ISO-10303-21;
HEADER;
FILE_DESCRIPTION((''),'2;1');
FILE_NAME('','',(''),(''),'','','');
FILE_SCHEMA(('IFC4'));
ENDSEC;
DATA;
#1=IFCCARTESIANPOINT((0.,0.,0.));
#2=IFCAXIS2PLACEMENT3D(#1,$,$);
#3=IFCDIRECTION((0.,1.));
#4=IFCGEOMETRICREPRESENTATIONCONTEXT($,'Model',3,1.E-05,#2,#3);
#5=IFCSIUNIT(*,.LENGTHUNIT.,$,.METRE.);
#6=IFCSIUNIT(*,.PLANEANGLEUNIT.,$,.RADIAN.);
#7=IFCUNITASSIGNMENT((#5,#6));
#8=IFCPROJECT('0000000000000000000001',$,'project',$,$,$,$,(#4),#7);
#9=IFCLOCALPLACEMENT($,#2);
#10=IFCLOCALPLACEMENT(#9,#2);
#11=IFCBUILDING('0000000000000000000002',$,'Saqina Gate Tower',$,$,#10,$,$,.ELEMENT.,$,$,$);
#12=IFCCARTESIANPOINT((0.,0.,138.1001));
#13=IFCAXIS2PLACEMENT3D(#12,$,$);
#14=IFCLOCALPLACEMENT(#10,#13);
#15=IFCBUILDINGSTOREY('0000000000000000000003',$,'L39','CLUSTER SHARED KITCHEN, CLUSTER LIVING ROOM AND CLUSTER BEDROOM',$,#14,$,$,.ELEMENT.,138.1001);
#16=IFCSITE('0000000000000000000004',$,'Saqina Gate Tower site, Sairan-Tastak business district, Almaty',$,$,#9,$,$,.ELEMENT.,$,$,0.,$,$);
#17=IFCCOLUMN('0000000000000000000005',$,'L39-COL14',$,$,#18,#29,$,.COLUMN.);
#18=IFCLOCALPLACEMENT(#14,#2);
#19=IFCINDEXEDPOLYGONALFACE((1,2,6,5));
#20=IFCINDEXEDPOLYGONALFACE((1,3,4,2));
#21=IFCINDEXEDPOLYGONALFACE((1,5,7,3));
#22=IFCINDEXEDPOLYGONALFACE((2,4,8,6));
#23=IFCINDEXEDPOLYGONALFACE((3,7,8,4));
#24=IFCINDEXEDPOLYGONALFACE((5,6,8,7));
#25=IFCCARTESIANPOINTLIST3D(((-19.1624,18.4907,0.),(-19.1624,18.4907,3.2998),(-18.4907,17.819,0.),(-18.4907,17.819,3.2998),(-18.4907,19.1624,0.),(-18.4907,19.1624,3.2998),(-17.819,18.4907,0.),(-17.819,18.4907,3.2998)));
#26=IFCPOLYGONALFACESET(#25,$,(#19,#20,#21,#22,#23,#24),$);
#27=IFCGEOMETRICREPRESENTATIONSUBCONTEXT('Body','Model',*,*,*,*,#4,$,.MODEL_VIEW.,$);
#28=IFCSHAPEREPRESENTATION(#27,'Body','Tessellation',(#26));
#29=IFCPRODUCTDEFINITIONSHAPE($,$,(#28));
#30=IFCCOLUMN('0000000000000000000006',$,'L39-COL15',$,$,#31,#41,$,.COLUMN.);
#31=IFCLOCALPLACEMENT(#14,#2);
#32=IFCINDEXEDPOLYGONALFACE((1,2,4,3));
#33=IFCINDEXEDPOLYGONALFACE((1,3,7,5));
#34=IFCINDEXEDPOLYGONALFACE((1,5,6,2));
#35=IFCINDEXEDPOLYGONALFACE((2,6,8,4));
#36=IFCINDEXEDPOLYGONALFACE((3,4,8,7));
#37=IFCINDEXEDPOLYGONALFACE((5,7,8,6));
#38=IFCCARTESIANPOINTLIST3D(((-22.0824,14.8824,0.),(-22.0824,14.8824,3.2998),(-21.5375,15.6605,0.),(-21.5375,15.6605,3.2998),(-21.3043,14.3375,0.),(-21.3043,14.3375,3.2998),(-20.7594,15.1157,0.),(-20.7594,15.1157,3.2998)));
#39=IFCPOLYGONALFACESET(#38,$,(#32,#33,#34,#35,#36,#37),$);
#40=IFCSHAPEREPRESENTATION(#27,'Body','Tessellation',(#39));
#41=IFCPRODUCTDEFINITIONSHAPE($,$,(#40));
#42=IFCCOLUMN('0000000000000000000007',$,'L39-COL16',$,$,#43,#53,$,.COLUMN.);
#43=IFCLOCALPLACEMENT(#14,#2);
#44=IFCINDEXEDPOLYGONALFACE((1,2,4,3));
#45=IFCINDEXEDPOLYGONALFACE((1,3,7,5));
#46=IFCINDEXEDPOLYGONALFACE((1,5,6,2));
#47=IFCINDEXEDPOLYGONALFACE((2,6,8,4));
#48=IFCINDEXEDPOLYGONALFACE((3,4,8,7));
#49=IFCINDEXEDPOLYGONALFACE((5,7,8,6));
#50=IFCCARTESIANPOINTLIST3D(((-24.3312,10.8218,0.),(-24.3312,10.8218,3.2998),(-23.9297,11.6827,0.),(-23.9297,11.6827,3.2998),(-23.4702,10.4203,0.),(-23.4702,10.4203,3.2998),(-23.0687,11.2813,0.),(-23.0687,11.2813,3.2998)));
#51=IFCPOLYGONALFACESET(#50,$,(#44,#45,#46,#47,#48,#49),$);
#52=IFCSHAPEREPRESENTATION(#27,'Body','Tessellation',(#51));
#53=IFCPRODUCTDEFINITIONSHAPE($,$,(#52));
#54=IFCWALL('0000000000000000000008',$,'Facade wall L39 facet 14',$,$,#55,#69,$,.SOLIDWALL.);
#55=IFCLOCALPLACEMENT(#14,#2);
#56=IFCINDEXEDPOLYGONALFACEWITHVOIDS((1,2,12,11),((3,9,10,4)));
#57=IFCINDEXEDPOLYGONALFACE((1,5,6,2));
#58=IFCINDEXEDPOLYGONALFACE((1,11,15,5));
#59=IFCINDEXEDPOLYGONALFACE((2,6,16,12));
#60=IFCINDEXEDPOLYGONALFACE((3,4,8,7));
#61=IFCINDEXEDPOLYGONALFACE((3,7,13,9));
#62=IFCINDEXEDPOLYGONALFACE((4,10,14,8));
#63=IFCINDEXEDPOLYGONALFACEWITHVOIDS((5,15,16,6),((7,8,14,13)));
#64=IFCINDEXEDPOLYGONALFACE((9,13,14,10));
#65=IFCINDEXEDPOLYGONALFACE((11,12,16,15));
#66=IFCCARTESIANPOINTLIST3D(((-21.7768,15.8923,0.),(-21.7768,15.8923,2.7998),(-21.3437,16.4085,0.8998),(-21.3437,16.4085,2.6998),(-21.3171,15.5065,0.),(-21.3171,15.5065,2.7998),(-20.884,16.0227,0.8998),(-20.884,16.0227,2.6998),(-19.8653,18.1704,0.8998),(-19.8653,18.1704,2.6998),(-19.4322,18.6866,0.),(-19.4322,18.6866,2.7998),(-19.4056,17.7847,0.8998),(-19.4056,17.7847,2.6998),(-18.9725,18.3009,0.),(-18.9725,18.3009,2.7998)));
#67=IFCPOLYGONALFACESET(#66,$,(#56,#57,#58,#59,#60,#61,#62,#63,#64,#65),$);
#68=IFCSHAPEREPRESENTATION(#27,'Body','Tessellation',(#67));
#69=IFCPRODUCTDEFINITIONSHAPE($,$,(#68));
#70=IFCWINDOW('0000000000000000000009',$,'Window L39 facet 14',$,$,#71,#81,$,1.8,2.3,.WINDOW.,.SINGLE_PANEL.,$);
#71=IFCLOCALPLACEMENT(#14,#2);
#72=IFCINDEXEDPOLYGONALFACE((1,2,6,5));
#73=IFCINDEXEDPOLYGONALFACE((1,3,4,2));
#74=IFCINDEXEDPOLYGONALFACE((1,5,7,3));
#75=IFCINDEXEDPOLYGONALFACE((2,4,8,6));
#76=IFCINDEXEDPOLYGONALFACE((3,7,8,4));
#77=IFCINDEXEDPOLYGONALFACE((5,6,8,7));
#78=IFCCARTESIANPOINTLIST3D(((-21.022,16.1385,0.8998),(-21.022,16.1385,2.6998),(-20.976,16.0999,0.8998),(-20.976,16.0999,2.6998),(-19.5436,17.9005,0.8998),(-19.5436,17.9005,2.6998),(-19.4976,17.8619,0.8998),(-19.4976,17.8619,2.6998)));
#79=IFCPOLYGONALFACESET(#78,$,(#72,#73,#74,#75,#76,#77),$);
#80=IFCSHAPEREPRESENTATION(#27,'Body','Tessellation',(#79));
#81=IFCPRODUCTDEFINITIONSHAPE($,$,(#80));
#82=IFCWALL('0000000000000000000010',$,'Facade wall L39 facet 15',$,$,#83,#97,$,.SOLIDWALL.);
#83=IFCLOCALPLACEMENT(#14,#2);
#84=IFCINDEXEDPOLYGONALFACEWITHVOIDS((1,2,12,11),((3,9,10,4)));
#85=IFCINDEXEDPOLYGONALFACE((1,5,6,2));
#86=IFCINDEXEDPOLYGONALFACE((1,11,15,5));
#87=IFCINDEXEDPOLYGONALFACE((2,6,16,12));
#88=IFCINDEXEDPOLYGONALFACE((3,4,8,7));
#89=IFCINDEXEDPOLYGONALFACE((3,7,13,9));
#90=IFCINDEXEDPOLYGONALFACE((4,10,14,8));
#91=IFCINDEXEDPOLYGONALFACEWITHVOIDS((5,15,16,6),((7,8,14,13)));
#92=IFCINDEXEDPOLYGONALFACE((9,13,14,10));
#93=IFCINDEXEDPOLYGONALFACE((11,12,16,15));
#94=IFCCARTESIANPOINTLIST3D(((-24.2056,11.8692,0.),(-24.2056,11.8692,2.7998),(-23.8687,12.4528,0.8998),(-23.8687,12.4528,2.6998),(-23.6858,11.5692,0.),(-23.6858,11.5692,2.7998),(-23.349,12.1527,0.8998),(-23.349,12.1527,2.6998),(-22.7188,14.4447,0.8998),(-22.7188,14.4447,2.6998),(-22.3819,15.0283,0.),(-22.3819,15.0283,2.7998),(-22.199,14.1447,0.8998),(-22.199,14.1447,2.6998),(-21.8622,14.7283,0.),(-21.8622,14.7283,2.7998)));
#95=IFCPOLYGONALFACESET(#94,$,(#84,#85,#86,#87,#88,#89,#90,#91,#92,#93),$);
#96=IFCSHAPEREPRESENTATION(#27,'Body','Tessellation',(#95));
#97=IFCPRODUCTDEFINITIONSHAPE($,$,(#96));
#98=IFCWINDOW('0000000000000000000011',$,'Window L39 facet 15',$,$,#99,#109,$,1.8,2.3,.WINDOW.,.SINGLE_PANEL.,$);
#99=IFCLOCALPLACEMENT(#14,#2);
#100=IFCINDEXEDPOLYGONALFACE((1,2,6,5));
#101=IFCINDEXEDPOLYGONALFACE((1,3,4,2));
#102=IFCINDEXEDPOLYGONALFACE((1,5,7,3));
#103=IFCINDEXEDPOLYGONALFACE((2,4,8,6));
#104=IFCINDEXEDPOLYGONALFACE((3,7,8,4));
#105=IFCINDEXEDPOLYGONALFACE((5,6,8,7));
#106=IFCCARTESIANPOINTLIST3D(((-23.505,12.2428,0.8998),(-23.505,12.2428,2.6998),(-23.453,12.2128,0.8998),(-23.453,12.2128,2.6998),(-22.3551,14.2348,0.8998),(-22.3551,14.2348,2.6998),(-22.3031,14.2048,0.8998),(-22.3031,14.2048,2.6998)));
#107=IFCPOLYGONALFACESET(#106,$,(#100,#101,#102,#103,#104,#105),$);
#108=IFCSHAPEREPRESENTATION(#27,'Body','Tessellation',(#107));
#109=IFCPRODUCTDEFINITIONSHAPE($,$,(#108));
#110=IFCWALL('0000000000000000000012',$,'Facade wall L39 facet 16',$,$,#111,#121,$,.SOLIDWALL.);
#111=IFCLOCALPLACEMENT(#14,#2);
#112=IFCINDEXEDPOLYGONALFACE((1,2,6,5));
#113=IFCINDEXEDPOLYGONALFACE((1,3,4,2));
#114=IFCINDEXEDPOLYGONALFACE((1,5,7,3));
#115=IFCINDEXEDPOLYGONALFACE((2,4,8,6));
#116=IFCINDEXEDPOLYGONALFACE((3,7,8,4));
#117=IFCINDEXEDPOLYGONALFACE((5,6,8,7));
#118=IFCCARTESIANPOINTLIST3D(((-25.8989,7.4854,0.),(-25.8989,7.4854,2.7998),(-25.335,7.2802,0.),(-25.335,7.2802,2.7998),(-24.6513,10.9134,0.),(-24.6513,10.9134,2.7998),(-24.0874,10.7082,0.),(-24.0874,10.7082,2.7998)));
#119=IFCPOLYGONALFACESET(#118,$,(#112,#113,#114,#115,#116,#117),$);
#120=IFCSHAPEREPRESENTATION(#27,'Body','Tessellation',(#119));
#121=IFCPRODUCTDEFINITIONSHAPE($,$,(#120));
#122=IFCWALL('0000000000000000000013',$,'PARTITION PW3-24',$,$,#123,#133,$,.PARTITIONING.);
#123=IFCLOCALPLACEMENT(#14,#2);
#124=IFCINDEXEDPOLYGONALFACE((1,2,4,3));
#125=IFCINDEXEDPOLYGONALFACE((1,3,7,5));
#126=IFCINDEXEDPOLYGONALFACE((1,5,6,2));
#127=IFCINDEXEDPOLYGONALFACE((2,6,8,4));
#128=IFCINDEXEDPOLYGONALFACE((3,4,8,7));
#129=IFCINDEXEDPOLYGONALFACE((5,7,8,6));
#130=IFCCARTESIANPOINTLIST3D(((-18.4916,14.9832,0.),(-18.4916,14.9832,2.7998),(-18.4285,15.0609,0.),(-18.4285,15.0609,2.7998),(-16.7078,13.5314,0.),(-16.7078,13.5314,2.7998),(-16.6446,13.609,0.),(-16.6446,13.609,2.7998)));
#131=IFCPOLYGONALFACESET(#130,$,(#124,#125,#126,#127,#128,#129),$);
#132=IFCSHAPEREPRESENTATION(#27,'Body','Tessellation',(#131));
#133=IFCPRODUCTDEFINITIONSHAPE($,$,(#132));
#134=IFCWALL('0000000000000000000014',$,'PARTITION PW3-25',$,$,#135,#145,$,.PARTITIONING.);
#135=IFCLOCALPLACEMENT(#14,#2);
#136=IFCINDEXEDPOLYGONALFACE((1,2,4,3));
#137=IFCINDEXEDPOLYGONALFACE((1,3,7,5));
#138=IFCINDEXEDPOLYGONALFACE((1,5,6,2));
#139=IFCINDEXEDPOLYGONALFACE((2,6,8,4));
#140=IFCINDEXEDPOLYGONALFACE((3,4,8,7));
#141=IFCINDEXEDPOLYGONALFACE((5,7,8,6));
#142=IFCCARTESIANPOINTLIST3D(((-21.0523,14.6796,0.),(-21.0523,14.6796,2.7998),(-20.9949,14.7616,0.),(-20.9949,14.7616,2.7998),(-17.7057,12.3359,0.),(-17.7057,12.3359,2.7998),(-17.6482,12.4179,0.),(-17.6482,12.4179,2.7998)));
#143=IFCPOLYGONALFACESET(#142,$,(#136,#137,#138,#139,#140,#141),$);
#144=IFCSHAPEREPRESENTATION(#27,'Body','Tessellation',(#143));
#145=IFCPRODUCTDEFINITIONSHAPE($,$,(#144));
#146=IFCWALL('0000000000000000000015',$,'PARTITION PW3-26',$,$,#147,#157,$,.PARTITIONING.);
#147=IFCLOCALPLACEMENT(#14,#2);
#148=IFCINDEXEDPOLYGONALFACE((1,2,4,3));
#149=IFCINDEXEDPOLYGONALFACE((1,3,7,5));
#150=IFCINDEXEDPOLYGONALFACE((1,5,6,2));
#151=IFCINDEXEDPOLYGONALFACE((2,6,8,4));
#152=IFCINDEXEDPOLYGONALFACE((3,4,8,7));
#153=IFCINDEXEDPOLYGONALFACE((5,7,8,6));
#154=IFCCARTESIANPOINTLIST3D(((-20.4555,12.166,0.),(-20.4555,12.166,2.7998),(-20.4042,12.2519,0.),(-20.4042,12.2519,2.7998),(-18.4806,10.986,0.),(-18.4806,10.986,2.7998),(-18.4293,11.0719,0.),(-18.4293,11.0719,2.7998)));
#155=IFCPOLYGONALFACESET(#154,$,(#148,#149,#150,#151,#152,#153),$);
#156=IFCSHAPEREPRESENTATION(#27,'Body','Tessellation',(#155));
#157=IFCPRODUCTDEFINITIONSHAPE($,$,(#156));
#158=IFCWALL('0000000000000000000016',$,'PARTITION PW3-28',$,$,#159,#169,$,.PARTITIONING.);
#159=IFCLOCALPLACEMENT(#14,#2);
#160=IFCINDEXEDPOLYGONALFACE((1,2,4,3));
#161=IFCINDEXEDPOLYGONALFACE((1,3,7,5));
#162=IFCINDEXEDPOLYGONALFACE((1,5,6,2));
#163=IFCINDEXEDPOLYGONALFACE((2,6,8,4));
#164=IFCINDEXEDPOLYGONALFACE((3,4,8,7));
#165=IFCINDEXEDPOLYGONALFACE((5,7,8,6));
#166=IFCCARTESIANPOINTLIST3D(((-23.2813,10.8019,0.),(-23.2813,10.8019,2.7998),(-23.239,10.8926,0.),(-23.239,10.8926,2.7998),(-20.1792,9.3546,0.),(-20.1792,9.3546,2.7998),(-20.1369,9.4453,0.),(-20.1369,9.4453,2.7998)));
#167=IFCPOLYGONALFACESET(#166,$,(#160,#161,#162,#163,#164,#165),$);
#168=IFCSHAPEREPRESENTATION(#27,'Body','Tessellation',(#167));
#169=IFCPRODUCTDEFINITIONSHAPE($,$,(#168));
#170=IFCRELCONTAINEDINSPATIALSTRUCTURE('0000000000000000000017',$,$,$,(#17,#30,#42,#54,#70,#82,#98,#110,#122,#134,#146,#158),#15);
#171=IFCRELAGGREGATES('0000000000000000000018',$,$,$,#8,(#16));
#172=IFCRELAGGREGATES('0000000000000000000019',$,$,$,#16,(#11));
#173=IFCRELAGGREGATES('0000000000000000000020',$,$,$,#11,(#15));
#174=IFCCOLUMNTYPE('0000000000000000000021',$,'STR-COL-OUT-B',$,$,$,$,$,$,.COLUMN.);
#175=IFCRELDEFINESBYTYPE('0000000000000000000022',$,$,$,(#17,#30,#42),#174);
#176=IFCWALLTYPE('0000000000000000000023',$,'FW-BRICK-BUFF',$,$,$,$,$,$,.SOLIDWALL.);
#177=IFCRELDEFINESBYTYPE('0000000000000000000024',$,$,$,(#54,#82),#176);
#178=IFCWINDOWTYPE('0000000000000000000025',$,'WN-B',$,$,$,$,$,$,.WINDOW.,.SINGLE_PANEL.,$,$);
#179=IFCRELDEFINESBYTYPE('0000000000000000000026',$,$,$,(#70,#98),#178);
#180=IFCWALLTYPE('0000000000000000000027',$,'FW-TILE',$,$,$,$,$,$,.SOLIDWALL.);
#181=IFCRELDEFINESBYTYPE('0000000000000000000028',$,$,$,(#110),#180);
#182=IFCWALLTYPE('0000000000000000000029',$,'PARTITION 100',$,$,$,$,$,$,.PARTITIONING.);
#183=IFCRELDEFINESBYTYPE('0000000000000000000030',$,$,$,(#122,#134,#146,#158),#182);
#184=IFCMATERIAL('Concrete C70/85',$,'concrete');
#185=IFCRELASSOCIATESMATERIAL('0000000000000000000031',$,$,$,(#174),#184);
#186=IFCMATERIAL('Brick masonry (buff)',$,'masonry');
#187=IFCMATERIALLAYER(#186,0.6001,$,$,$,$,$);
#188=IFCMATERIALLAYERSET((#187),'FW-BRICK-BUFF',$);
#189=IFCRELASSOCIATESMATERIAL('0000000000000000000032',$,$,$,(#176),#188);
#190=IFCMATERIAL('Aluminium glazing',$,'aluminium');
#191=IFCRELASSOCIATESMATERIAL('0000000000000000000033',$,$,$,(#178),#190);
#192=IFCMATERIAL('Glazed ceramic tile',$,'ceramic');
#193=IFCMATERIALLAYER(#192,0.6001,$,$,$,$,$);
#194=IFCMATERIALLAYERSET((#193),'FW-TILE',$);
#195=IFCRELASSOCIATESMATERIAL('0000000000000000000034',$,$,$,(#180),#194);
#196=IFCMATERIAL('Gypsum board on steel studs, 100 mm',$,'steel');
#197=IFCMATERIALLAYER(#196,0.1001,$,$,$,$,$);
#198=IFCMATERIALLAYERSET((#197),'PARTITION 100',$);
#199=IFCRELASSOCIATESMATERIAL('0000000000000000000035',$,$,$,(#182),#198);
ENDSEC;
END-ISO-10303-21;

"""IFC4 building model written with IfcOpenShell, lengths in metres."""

from ifc_helpers import new_model, si_unit, direction, frame, frame_2d, origin, origin_2d, place, context, subcontext, project, spatial, rectangle, extrude, material, layer, layer_set, material_profile, profile_set, type_object, element, fill, save


model = new_model("IFC4")

# Units and contexts
model_context = context("Model", 3, precision=1e-05, world=origin(), true_north=direction((0.0, 1.0)))
body_context = subcontext(model_context, "Body", "Model", "MODEL_VIEW")
ifc_project = project(units=[si_unit("LENGTHUNIT", "METRE"), si_unit("PLANEANGLEUNIT", "RADIAN")], contexts=[model_context])

# Site, building, storey
site_placement = place(None, origin())
site = spatial("IfcSite", under=ifc_project, at=site_placement, Name="Saqina Gate Tower site, Sairan-Tastak business district, Almaty", CompositionType="ELEMENT", RefElevation=0.0)
building_placement = place(site_placement, origin())
building = spatial("IfcBuilding", under=site, at=building_placement, Name="Saqina Gate Tower", CompositionType="ELEMENT")
storey_placement = place(building_placement, frame((0.0, 0.0, 138.1001)))
storey = spatial("IfcBuildingStorey", under=building, at=storey_placement, Name="L39", Description="CLUSTER SHARED KITCHEN, CLUSTER LIVING ROOM AND CLUSTER BEDROOM", CompositionType="ELEMENT", Elevation=138.1001)

# Columns
ifc_material_1 = material(Name="Concrete C70/85", Category="concrete")
ifc_material_profile = material_profile(ifc_material_1, rectangle(XDim=0.95, YDim=0.95, at=origin_2d()), Name="RC 950x950")
ifc_profile_set = profile_set([ifc_material_profile], Name="Concrete C70/85")
column_type = type_object("IfcColumnType", Name="STR-COL-OUT-B", PredefinedType="COLUMN", material=ifc_profile_set)
for number, where, z_axis, x_axis, name in (
    (1, (-18.4907, 18.4907, 0.0), (0.0, 0.0, 1.0), (-0.707107, 0.707107, 0.0), "L39-COL14"),
    (2, (-21.4209, 14.999, 0.0), (0.0, 0.0, 1.0), (-0.819152, 0.573576, 0.0), "L39-COL15"),
    (3, (-23.7, 11.0515, 0.0), (0.0, 0.0, 1.0), (-0.906308, 0.422618, 0.0), "L39-COL16"),
):
    element("IfcColumn", number, at=place(storey_placement, frame(where, z_axis=z_axis, x_axis=x_axis)), inside=storey, type_object=column_type, Name=name, PredefinedType="COLUMN", context=body_context, shape_type="SweptSolid", body=[
        extrude(rectangle(XDim=0.95, YDim=0.95, at=origin_2d()), origin(), (0.0, 0.0, 1.0), 3.2998),
    ])

# Walls, openings, windows
ifc_material_2 = material(Name="Brick masonry (buff)", Category="masonry")
ifc_layer_1 = layer(ifc_material_2, 0.6001)
ifc_layer_set_1 = layer_set([ifc_layer_1], Name="FW-BRICK-BUFF")
wall_type_1 = type_object("IfcWallType", Name="FW-BRICK-BUFF", PredefinedType="SOLIDWALL", material=ifc_layer_set_1)
wall_1_placement = place(storey_placement, frame((-19.2024, 18.4937, 0.0), z_axis=(0.0, 0.0, 1.0), x_axis=(-0.642774, -0.766055, 0.0)))
wall_1 = element("IfcWall", 4, at=wall_1_placement, inside=storey, type_object=wall_type_1, Name="Facade wall L39 facet 14", PredefinedType="SOLIDWALL", context=body_context, shape_type="SweptSolid", body=[
    extrude(rectangle(XDim=3.6477, YDim=0.6001, at=frame_2d((1.8237, 0.0))), origin(), (0.0, 0.0, 1.0), 2.7998),
])
opening_1_placement = place(wall_1_placement, frame((0.6738, 0.0, 0.8999)))
opening_1 = element("IfcOpeningElement", 5, at=opening_1_placement, cuts=wall_1, PredefinedType="OPENING", context=body_context, shape_type="SweptSolid", body=[
    extrude(rectangle(XDim=2.3, YDim=1.8, at=frame_2d((1.1499, 0.8999))), frame((0.0, 0.312, 0.0), z_axis=(0.0, -1.0, 0.0), x_axis=(1.0, 0.0, 0.0)), (0.0, 0.0, 1.0), 0.624),
])
ifc_material_3 = material(Name="Aluminium glazing", Category="aluminium")
window_type = type_object("IfcWindowType", Name="WN-B", PartitioningType="SINGLE_PANEL", PredefinedType="WINDOW", material=ifc_material_3)
window_1_placement = place(opening_1_placement, origin())
window_1 = element("IfcWindow", 6, at=window_1_placement, inside=storey, type_object=window_type, Name="Window L39 facet 14", OverallHeight=1.8, OverallWidth=2.3, PartitioningType="SINGLE_PANEL", PredefinedType="WINDOW", context=body_context, shape_type="SweptSolid", body=[
    extrude(rectangle(XDim=2.3, YDim=1.8, at=frame_2d((1.1499, 0.8999))), frame((0.0, 0.1799, 0.0), z_axis=(0.0, -1.0, 0.0), x_axis=(1.0, 0.0, 0.0)), (0.0, 0.0, 1.0), 0.0601),
])
fill(opening_1, window_1)
wall_2_placement = place(storey_placement, frame((-22.1221, 14.8782, 0.0), z_axis=(0.0, 0.0, 1.0), x_axis=(-0.499954, -0.866052, 0.0)))
wall_2 = element("IfcWall", 7, at=wall_2_placement, inside=storey, type_object=wall_type_1, Name="Facade wall L39 facet 15", PredefinedType="SOLIDWALL", context=body_context, shape_type="SweptSolid", body=[
    extrude(rectangle(XDim=3.6477, YDim=0.6001, at=frame_2d((1.8237, 0.0))), origin(), (0.0, 0.0, 1.0), 2.7998),
])
opening_2_placement = place(wall_2_placement, frame((0.6738, 0.0, 0.8999)))
opening_2 = element("IfcOpeningElement", 8, at=opening_2_placement, cuts=wall_2, PredefinedType="OPENING", context=body_context, shape_type="SweptSolid", body=[
    extrude(rectangle(XDim=2.3, YDim=1.8, at=frame_2d((1.1499, 0.8999))), frame((0.0, 0.312, 0.0), z_axis=(0.0, -1.0, 0.0), x_axis=(1.0, 0.0, 0.0)), (0.0, 0.0, 1.0), 0.624),
])
window_2_placement = place(opening_2_placement, origin())
window_2 = element("IfcWindow", 9, at=window_2_placement, inside=storey, type_object=window_type, Name="Window L39 facet 15", OverallHeight=1.8, OverallWidth=2.3, PartitioningType="SINGLE_PANEL", PredefinedType="WINDOW", context=body_context, shape_type="SweptSolid", body=[
    extrude(rectangle(XDim=2.3, YDim=1.8, at=frame_2d((1.1499, 0.8999))), frame((0.0, 0.1799, 0.0), z_axis=(0.0, -1.0, 0.0), x_axis=(1.0, 0.0, 0.0)), (0.0, 0.0, 1.0), 0.0601),
])
fill(opening_2, window_2)

# Walls
ifc_material_4 = material(Name="Glazed ceramic tile", Category="ceramic")
ifc_layer_2 = layer(ifc_material_4, 0.6001)
ifc_layer_set_2 = layer_set([ifc_layer_2], Name="FW-TILE")
wall_type_2 = type_object("IfcWallType", Name="FW-TILE", PredefinedType="SOLIDWALL", material=ifc_layer_set_2)
wall_3_placement = place(storey_placement, frame((-24.3694, 10.8108, 0.0), z_axis=(0.0, 0.0, 1.0), x_axis=(-0.34199, -0.939704, 0.0)))
element("IfcWall", 10, at=wall_3_placement, inside=storey, type_object=wall_type_2, Name="Facade wall L39 facet 16", PredefinedType="SOLIDWALL", context=body_context, shape_type="SweptSolid", body=[
    extrude(rectangle(XDim=3.6479, YDim=0.6001, at=frame_2d((1.824, 0.0))), origin(), (0.0, 0.0, 1.0), 2.7998),
])
ifc_material_5 = material(Name="Gypsum board on steel studs, 100 mm", Category="steel")
ifc_layer_3 = layer(ifc_material_5, 0.1001)
ifc_layer_set_3 = layer_set([ifc_layer_3], Name="PARTITION 100")
wall_type_3 = type_object("IfcWallType", Name="PARTITION 100", PredefinedType="PARTITIONING", material=ifc_layer_set_3)
wall_4_placement = place(storey_placement, frame((-18.46, 15.022, 0.0), z_axis=(0.0, 0.0, 1.0), x_axis=(0.775591, -0.631236, 0.0)))
element("IfcWall", 11, at=wall_4_placement, inside=storey, type_object=wall_type_3, Name="PARTITION PW3-24", PredefinedType="PARTITIONING", context=body_context, shape_type="SweptSolid", body=[
    extrude(rectangle(XDim=2.3, YDim=0.1001, at=frame_2d((1.1499, 0.0))), origin(), (0.0, 0.0, 1.0), 2.7998),
])
wall_5_placement = place(storey_placement, frame((-21.0237, 14.7207, 0.0), z_axis=(0.0, 0.0, 1.0), x_axis=(0.819108, -0.573639, 0.0)))
element("IfcWall", 12, at=wall_5_placement, inside=storey, type_object=wall_type_3, Name="PARTITION PW3-25", PredefinedType="PARTITIONING", context=body_context, shape_type="SweptSolid", body=[
    extrude(rectangle(XDim=4.0857, YDim=0.1001, at=frame_2d((2.043, 0.0))), origin(), (0.0, 0.0, 1.0), 2.7998),
])
wall_6_placement = place(storey_placement, frame((-20.4299, 12.209, 0.0), z_axis=(0.0, 0.0, 1.0), x_axis=(0.858447, -0.512903, 0.0)))
element("IfcWall", 13, at=wall_6_placement, inside=storey, type_object=wall_type_3, Name="PARTITION PW3-26", PredefinedType="PARTITIONING", context=body_context, shape_type="SweptSolid", body=[
    extrude(rectangle(XDim=2.3005, YDim=0.1001, at=frame_2d((1.1504, 0.0))), origin(), (0.0, 0.0, 1.0), 2.7998),
])
wall_7_placement = place(storey_placement, frame((-23.26, 10.8472, 0.0), z_axis=(0.0, 0.0, 1.0), x_axis=(0.906223, -0.4228, 0.0)))
element("IfcWall", 14, at=wall_7_placement, inside=storey, type_object=wall_type_3, Name="PARTITION PW3-28", PredefinedType="PARTITIONING", context=body_context, shape_type="SweptSolid", body=[
    extrude(rectangle(XDim=3.4231, YDim=0.1001, at=frame_2d((1.7114, 0.0))), origin(), (0.0, 0.0, 1.0), 2.7998),
])

save(model, "model.ifc")
